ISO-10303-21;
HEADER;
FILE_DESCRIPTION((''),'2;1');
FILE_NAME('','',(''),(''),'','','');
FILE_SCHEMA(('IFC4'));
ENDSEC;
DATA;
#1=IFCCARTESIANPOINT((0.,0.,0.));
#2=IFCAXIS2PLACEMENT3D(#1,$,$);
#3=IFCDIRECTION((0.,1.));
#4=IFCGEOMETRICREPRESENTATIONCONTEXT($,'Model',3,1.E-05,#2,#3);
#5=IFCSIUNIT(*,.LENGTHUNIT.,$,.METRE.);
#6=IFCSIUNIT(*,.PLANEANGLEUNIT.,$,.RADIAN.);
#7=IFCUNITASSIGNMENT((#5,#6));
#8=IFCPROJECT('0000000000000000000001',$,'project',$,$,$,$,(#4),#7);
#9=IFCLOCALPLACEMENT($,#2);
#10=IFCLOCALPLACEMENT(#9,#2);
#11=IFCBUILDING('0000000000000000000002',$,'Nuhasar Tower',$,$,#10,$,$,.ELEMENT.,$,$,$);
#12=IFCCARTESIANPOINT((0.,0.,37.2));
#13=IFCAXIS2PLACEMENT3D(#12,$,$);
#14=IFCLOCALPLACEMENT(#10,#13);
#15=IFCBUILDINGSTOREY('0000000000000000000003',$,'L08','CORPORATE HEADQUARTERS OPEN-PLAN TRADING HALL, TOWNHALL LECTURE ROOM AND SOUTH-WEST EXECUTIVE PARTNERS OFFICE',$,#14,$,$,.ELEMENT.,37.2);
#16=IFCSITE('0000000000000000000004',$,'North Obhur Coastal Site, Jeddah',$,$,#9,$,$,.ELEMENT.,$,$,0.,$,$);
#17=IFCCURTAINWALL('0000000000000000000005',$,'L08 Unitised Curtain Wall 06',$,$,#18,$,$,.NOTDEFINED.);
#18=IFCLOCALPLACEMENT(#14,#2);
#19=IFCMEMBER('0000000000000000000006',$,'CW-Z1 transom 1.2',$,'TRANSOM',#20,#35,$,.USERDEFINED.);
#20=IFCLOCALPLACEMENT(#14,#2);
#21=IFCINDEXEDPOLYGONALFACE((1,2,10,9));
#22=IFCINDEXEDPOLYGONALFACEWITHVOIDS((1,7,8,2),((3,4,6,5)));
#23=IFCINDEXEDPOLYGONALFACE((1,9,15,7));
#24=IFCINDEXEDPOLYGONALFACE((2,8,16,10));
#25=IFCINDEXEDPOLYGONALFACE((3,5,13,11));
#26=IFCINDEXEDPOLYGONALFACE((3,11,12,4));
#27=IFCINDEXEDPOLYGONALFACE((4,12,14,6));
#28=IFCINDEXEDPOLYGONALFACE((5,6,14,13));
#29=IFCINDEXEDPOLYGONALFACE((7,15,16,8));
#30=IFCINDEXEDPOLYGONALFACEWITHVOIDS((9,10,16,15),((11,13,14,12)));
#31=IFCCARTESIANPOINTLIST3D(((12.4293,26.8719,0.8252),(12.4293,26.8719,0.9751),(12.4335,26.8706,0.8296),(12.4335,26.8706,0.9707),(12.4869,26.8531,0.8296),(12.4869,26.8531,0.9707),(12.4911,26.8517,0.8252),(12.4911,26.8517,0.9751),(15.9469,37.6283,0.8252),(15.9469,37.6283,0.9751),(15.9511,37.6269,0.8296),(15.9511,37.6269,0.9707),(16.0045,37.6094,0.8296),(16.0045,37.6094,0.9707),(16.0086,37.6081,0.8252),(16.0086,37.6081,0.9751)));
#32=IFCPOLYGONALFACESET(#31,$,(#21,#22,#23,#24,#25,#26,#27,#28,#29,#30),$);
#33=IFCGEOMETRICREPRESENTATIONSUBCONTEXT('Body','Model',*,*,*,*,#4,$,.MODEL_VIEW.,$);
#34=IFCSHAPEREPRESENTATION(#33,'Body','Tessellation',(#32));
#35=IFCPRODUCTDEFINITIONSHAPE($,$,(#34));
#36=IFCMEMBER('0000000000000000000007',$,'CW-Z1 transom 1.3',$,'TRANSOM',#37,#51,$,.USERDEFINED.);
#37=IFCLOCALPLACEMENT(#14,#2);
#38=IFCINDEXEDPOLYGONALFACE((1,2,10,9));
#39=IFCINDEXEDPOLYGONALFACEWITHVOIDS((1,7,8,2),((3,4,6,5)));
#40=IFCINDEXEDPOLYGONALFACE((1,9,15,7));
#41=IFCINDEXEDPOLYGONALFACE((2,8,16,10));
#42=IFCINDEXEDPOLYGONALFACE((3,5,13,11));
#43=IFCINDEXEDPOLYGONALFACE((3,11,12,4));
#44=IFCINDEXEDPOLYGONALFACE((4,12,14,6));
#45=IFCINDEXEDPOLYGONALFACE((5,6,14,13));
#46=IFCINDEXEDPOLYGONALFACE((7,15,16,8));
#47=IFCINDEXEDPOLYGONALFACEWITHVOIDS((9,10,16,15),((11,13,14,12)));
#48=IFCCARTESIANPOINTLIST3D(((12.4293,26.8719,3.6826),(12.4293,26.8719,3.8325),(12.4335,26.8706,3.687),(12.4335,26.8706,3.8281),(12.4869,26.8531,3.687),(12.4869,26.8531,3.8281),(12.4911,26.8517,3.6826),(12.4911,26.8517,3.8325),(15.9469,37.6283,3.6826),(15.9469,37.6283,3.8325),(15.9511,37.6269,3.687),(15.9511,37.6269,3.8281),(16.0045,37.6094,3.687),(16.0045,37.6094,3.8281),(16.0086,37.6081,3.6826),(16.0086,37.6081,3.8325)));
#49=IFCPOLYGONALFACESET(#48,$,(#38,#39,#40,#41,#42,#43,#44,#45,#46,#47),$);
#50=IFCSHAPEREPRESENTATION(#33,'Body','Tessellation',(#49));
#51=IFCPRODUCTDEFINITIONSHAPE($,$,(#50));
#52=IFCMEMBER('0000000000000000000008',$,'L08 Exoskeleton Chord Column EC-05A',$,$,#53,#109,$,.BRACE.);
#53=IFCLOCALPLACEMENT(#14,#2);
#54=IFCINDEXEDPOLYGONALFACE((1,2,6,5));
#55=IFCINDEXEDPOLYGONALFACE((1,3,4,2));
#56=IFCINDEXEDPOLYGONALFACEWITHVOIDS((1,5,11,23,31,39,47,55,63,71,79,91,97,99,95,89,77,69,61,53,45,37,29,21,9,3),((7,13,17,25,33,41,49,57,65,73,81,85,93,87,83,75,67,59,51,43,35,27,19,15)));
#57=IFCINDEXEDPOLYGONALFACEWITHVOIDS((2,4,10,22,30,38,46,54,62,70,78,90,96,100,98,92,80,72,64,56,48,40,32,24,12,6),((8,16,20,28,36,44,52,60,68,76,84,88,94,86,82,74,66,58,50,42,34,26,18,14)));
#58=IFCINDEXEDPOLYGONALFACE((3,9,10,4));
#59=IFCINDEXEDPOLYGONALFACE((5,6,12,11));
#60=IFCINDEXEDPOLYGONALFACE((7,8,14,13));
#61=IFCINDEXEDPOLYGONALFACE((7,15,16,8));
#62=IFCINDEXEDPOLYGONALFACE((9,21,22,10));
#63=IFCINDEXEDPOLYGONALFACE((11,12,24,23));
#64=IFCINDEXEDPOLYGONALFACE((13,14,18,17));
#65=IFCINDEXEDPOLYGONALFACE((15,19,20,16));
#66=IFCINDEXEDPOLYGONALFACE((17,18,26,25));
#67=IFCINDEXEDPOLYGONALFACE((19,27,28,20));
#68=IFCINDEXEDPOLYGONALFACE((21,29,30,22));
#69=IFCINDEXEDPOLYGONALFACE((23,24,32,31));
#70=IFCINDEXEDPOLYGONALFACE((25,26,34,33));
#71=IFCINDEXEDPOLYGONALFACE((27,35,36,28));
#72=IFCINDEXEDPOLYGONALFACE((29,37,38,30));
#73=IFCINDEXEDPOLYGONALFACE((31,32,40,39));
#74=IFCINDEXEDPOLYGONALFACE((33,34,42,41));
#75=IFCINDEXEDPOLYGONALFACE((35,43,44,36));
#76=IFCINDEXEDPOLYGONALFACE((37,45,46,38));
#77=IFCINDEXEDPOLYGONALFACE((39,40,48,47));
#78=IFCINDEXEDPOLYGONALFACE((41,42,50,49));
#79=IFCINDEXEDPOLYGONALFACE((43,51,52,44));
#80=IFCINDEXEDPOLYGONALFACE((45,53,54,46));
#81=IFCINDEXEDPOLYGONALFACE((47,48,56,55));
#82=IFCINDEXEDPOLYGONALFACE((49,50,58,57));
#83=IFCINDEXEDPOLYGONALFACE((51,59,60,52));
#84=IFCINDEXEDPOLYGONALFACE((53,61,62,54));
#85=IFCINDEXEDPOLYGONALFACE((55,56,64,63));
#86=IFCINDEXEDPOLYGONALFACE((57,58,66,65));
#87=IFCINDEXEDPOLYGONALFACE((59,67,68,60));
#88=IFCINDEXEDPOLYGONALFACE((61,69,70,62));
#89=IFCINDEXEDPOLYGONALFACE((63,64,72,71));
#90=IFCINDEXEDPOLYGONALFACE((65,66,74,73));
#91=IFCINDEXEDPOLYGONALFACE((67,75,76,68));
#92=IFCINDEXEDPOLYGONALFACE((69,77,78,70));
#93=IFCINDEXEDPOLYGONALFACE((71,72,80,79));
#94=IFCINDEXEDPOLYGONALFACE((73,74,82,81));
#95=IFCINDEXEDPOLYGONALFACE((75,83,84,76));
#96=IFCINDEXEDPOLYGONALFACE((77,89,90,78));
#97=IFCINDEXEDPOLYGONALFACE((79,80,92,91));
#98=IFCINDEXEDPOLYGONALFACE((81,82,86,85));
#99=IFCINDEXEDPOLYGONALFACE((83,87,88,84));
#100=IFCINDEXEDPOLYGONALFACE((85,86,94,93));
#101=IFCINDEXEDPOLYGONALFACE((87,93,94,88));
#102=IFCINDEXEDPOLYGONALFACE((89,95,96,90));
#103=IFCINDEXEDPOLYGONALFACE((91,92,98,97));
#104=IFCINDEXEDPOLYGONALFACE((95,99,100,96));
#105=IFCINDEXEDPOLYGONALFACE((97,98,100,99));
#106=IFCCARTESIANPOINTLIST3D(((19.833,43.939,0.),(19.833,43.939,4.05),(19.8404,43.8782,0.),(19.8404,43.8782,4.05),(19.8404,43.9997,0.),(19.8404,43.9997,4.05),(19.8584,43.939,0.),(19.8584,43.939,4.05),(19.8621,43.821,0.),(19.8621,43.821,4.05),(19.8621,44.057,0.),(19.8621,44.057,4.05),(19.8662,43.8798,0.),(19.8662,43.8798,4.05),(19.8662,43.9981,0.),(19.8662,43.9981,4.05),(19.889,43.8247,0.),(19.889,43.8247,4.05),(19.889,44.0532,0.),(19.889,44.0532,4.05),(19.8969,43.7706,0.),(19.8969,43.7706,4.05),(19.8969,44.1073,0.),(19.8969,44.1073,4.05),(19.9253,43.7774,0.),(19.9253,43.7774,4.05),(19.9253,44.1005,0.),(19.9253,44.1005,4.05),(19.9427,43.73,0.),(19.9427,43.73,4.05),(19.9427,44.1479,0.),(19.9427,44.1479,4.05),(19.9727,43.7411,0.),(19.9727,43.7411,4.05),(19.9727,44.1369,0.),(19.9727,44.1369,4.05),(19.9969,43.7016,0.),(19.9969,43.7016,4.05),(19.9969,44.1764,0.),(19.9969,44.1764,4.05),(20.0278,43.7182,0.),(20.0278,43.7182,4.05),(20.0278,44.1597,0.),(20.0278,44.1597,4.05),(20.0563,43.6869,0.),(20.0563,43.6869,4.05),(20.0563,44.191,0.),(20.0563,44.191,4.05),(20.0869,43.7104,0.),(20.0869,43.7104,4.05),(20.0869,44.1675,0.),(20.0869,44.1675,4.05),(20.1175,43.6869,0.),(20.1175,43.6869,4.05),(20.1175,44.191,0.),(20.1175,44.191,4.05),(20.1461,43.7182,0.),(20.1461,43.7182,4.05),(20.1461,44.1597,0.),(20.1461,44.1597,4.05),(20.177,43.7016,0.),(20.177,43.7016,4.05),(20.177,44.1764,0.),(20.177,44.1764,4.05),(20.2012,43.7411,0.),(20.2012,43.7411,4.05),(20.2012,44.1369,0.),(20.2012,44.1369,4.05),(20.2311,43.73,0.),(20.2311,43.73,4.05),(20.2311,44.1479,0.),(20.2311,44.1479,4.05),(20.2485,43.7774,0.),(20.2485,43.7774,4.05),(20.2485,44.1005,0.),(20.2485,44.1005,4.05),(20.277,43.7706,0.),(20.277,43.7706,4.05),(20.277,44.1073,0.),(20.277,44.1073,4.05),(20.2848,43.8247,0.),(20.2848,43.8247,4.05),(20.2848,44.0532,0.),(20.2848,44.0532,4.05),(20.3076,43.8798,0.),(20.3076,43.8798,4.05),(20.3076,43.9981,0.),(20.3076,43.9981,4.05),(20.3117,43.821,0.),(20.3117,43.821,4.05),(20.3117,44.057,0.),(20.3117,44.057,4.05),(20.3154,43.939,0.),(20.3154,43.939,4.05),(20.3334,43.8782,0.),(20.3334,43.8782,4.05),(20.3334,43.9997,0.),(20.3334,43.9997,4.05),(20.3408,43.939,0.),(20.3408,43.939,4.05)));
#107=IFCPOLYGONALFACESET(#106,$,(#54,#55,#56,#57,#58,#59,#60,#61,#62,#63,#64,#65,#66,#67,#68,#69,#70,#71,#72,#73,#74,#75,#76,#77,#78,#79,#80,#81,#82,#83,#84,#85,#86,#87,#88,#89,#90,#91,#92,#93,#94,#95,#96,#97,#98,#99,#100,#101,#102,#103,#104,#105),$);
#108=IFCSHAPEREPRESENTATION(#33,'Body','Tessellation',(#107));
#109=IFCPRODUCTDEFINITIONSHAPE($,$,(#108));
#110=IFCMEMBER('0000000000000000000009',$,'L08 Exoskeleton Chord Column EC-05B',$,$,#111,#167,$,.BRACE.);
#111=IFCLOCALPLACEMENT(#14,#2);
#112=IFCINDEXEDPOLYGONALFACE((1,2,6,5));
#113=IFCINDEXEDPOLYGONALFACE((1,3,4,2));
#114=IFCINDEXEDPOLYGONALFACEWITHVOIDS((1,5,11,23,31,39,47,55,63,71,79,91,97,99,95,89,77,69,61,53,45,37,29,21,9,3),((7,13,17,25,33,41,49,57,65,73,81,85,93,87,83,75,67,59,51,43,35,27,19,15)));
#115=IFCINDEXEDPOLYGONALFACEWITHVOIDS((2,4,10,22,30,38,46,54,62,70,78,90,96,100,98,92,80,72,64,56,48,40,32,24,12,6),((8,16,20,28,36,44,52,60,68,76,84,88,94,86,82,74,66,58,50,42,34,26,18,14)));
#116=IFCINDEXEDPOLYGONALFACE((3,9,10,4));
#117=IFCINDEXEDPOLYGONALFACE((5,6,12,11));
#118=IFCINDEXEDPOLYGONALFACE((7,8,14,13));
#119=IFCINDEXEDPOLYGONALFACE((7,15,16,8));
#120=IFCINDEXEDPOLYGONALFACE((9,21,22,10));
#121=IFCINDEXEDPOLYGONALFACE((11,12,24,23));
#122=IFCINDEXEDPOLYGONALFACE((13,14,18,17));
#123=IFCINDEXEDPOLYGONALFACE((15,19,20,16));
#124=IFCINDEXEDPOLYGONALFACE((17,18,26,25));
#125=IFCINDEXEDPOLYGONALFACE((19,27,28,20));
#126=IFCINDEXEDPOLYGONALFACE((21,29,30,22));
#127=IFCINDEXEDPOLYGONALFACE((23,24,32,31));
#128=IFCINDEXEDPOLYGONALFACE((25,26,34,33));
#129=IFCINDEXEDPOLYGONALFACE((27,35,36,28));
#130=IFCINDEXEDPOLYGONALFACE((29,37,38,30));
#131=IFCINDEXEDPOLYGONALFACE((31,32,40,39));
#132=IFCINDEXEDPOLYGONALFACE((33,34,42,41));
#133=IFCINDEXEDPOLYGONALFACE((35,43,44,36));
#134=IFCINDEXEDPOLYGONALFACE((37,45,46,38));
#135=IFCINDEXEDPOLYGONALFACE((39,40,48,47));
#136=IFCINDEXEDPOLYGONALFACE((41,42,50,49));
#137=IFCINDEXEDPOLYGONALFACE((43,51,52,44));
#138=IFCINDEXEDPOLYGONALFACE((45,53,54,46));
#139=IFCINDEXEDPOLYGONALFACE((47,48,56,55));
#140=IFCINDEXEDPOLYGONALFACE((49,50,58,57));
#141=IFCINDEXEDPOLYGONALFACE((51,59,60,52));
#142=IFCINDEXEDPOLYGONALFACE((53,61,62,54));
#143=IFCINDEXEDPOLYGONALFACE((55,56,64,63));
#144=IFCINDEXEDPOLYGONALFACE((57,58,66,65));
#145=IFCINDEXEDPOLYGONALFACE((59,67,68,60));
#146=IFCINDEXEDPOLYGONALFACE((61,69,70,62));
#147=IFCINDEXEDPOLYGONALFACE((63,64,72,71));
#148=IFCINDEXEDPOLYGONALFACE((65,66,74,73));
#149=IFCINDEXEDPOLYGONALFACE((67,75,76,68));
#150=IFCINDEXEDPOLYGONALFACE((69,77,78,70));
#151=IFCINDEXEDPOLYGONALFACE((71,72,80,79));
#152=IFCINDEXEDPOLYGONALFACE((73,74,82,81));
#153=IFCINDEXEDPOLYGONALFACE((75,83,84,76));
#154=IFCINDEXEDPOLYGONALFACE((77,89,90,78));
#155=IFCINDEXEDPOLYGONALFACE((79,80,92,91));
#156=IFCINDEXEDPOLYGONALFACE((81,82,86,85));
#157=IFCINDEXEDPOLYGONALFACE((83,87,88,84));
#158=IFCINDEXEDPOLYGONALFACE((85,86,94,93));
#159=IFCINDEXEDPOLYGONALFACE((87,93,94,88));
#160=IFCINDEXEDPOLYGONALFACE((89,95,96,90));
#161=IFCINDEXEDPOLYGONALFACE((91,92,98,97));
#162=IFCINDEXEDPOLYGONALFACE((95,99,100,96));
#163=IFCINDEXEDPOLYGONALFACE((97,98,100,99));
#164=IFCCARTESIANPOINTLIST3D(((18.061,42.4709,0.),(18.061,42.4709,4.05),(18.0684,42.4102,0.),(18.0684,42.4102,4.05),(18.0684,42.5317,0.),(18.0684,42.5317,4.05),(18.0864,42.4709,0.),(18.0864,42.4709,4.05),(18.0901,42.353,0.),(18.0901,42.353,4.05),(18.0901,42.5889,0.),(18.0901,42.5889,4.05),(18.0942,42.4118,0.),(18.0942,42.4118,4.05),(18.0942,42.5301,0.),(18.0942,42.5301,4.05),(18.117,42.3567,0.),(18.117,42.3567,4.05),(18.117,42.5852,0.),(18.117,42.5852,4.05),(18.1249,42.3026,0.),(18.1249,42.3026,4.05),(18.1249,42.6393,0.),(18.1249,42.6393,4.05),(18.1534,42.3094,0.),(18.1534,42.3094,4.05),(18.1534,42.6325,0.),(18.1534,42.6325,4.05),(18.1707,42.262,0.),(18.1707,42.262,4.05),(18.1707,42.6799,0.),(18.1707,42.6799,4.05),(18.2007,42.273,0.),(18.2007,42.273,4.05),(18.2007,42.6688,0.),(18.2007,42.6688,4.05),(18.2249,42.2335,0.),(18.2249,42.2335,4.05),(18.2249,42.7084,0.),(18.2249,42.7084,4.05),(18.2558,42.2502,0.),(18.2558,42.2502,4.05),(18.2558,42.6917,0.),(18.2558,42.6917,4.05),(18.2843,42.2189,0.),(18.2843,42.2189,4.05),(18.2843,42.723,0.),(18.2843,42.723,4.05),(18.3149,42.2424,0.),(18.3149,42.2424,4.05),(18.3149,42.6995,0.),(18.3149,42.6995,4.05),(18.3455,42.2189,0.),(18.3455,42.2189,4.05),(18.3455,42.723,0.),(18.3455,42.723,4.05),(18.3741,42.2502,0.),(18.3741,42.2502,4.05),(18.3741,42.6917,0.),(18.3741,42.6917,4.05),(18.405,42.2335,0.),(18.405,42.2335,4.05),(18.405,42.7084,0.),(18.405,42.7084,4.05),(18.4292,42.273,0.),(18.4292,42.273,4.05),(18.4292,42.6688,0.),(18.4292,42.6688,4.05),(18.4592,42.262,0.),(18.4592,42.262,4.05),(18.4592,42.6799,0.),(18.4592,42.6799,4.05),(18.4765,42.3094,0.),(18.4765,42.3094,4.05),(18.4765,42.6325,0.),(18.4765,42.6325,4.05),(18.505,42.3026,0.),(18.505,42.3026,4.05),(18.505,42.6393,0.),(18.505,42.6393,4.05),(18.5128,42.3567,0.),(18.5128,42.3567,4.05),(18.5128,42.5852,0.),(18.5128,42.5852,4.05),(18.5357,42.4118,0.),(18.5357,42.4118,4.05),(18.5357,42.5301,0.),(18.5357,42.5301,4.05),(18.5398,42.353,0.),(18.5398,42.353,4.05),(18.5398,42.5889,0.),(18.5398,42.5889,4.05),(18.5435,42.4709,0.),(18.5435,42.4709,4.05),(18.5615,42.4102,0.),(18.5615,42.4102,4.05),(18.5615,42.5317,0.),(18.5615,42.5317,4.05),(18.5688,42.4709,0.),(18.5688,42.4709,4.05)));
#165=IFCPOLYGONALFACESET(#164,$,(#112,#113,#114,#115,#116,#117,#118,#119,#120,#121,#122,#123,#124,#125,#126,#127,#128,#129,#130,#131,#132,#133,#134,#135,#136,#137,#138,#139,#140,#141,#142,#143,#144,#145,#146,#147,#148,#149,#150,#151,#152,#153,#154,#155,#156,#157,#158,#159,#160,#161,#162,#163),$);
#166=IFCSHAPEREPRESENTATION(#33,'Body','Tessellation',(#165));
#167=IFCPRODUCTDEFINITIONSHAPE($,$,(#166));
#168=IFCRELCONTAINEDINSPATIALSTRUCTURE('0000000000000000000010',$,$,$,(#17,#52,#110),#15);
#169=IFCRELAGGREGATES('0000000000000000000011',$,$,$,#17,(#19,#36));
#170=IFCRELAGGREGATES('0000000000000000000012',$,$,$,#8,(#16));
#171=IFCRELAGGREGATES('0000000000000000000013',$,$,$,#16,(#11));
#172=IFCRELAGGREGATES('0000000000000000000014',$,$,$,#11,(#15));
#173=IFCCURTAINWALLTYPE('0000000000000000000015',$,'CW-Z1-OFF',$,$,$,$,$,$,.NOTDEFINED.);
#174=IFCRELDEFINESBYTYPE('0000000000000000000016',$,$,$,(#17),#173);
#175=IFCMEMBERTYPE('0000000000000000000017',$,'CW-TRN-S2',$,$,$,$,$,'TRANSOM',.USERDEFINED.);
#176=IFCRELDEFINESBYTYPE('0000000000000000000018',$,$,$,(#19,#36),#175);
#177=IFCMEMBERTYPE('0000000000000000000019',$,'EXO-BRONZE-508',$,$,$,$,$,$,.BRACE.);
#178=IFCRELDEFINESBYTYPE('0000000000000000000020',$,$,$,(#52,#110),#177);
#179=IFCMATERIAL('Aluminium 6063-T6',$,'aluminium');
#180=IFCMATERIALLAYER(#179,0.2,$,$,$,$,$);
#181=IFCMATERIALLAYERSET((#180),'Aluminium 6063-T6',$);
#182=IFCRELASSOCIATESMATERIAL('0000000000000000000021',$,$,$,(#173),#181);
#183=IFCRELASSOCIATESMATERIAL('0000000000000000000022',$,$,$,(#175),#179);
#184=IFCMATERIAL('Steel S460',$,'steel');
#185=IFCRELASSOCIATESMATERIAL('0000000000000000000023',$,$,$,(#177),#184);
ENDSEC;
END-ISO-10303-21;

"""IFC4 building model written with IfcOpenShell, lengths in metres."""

from ifc_helpers import new_model, si_unit, direction, frame, origin, origin_2d, place, context, subcontext, project, spatial, hollow_rectangle, hollow_circle, extrude, material, layer, layer_set, material_profile, profile_set, type_object, element, aggregate, save


model = new_model("IFC4")

# Units and contexts
model_context = context("Model", 3, precision=1e-05, world=origin(), true_north=direction((0.0, 1.0)))
body_context = subcontext(model_context, "Body", "Model", "MODEL_VIEW")
ifc_project = project(units=[si_unit("LENGTHUNIT", "METRE"), si_unit("PLANEANGLEUNIT", "RADIAN")], contexts=[model_context])

# Site, building, storey
site_placement = place(None, origin())
site = spatial("IfcSite", under=ifc_project, at=site_placement, Name="North Obhur Coastal Site, Jeddah", CompositionType="ELEMENT", RefElevation=0.0)
building_placement = place(site_placement, origin())
building = spatial("IfcBuilding", under=site, at=building_placement, Name="Nuhasar Tower", CompositionType="ELEMENT")
storey_placement = place(building_placement, frame((0.0, 0.0, 37.2)))
storey = spatial("IfcBuildingStorey", under=building, at=storey_placement, Name="L08", Description="CORPORATE HEADQUARTERS OPEN-PLAN TRADING HALL, TOWNHALL LECTURE ROOM AND SOUTH-WEST EXECUTIVE PARTNERS OFFICE", CompositionType="ELEMENT", Elevation=37.2)

# Shared definitions
ifc_material_1 = material(Name="Aluminium 6063-T6", Category="aluminium")
ifc_layer_1 = layer(ifc_material_1, 0.2)
ifc_layer_set_1 = layer_set([ifc_layer_1], Name="Aluminium 6063-T6")
curtain_wall_type = type_object("IfcCurtainWallType", Name="CW-Z1-OFF", PredefinedType="NOTDEFINED", material=ifc_layer_set_1)

# Curtain wall
curtain_wall_1_placement = place(storey_placement, origin())
curtain_wall_1 = element("IfcCurtainWall", 1, at=curtain_wall_1_placement, inside=storey, type_object=curtain_wall_type, Name="L08 Unitised Curtain Wall 06", PredefinedType="NOTDEFINED")

# Members
ifc_material_profile_1 = material_profile(ifc_material_1, hollow_rectangle(XDim=0.0649, YDim=0.1499, WallThickness=0.0044, at=origin_2d()), Name="CWT-2")
ifc_profile_set_1 = profile_set([ifc_material_profile_1], Name="Aluminium 6063-T6")
member_type_1 = type_object("IfcMemberType", Name="CW-TRN-S2", ElementType="TRANSOM", PredefinedType="USERDEFINED", material=ifc_profile_set_1)
member_1_placement = place(storey_placement, frame((15.9778, 37.6182, 0.9001), z_axis=(-0.310825, -0.950467, 0.0), x_axis=(0.950467, -0.310825, 0.0)))
member_1 = element("IfcMember", 2, at=member_1_placement, type_object=member_type_1, Name="CW-Z1 transom 1.2", ObjectType="TRANSOM", PredefinedType="USERDEFINED", context=body_context, shape_type="SweptSolid", body=[
    extrude(hollow_rectangle(XDim=0.0649, YDim=0.1499, WallThickness=0.0044, at=origin_2d()), origin(), (0.0, 0.0, 1.0), 11.3169),
])
member_2_placement = place(storey_placement, frame((15.9778, 37.6182, 3.7576), z_axis=(-0.310825, -0.950467, 0.0), x_axis=(0.950467, -0.310825, 0.0)))
member_2 = element("IfcMember", 3, at=member_2_placement, type_object=member_type_1, Name="CW-Z1 transom 1.3", ObjectType="TRANSOM", PredefinedType="USERDEFINED", context=body_context, shape_type="SweptSolid", body=[
    extrude(hollow_rectangle(XDim=0.0649, YDim=0.1499, WallThickness=0.0044, at=origin_2d()), origin(), (0.0, 0.0, 1.0), 11.3169),
])
aggregate(curtain_wall_1, [member_1, member_2])

# Members
ifc_material_2 = material(Name="Steel S460", Category="steel")
ifc_material_profile_2 = material_profile(ifc_material_2, hollow_circle(Radius=0.2539, WallThickness=0.0254, at=origin_2d()), Name="HSS508X25.4")
ifc_profile_set_2 = profile_set([ifc_material_profile_2], Name="Steel S460")
member_type_2 = type_object("IfcMemberType", Name="EXO-BRONZE-508", PredefinedType="BRACE", material=ifc_profile_set_2)
for number, where, z_axis, x_axis, name in (
    (4, (20.0869, 43.939, 0.0), (0.0, 0.0, 1.0), (1.0, 0.0, 0.0), "L08 Exoskeleton Chord Column EC-05A"),
    (5, (18.3149, 42.4709, 0.0), (0.0, 0.0, 1.0), (1.0, 0.0, 0.0), "L08 Exoskeleton Chord Column EC-05B"),
):
    element("IfcMember", number, at=place(storey_placement, frame(where, z_axis=z_axis, x_axis=x_axis)), inside=storey, type_object=member_type_2, Name=name, PredefinedType="BRACE", context=body_context, shape_type="SweptSolid", body=[
        extrude(hollow_circle(Radius=0.2539, WallThickness=0.0254, at=origin_2d()), origin(), (0.0, 0.0, 1.0), 4.05),
    ])

save(model, "model.ifc")
